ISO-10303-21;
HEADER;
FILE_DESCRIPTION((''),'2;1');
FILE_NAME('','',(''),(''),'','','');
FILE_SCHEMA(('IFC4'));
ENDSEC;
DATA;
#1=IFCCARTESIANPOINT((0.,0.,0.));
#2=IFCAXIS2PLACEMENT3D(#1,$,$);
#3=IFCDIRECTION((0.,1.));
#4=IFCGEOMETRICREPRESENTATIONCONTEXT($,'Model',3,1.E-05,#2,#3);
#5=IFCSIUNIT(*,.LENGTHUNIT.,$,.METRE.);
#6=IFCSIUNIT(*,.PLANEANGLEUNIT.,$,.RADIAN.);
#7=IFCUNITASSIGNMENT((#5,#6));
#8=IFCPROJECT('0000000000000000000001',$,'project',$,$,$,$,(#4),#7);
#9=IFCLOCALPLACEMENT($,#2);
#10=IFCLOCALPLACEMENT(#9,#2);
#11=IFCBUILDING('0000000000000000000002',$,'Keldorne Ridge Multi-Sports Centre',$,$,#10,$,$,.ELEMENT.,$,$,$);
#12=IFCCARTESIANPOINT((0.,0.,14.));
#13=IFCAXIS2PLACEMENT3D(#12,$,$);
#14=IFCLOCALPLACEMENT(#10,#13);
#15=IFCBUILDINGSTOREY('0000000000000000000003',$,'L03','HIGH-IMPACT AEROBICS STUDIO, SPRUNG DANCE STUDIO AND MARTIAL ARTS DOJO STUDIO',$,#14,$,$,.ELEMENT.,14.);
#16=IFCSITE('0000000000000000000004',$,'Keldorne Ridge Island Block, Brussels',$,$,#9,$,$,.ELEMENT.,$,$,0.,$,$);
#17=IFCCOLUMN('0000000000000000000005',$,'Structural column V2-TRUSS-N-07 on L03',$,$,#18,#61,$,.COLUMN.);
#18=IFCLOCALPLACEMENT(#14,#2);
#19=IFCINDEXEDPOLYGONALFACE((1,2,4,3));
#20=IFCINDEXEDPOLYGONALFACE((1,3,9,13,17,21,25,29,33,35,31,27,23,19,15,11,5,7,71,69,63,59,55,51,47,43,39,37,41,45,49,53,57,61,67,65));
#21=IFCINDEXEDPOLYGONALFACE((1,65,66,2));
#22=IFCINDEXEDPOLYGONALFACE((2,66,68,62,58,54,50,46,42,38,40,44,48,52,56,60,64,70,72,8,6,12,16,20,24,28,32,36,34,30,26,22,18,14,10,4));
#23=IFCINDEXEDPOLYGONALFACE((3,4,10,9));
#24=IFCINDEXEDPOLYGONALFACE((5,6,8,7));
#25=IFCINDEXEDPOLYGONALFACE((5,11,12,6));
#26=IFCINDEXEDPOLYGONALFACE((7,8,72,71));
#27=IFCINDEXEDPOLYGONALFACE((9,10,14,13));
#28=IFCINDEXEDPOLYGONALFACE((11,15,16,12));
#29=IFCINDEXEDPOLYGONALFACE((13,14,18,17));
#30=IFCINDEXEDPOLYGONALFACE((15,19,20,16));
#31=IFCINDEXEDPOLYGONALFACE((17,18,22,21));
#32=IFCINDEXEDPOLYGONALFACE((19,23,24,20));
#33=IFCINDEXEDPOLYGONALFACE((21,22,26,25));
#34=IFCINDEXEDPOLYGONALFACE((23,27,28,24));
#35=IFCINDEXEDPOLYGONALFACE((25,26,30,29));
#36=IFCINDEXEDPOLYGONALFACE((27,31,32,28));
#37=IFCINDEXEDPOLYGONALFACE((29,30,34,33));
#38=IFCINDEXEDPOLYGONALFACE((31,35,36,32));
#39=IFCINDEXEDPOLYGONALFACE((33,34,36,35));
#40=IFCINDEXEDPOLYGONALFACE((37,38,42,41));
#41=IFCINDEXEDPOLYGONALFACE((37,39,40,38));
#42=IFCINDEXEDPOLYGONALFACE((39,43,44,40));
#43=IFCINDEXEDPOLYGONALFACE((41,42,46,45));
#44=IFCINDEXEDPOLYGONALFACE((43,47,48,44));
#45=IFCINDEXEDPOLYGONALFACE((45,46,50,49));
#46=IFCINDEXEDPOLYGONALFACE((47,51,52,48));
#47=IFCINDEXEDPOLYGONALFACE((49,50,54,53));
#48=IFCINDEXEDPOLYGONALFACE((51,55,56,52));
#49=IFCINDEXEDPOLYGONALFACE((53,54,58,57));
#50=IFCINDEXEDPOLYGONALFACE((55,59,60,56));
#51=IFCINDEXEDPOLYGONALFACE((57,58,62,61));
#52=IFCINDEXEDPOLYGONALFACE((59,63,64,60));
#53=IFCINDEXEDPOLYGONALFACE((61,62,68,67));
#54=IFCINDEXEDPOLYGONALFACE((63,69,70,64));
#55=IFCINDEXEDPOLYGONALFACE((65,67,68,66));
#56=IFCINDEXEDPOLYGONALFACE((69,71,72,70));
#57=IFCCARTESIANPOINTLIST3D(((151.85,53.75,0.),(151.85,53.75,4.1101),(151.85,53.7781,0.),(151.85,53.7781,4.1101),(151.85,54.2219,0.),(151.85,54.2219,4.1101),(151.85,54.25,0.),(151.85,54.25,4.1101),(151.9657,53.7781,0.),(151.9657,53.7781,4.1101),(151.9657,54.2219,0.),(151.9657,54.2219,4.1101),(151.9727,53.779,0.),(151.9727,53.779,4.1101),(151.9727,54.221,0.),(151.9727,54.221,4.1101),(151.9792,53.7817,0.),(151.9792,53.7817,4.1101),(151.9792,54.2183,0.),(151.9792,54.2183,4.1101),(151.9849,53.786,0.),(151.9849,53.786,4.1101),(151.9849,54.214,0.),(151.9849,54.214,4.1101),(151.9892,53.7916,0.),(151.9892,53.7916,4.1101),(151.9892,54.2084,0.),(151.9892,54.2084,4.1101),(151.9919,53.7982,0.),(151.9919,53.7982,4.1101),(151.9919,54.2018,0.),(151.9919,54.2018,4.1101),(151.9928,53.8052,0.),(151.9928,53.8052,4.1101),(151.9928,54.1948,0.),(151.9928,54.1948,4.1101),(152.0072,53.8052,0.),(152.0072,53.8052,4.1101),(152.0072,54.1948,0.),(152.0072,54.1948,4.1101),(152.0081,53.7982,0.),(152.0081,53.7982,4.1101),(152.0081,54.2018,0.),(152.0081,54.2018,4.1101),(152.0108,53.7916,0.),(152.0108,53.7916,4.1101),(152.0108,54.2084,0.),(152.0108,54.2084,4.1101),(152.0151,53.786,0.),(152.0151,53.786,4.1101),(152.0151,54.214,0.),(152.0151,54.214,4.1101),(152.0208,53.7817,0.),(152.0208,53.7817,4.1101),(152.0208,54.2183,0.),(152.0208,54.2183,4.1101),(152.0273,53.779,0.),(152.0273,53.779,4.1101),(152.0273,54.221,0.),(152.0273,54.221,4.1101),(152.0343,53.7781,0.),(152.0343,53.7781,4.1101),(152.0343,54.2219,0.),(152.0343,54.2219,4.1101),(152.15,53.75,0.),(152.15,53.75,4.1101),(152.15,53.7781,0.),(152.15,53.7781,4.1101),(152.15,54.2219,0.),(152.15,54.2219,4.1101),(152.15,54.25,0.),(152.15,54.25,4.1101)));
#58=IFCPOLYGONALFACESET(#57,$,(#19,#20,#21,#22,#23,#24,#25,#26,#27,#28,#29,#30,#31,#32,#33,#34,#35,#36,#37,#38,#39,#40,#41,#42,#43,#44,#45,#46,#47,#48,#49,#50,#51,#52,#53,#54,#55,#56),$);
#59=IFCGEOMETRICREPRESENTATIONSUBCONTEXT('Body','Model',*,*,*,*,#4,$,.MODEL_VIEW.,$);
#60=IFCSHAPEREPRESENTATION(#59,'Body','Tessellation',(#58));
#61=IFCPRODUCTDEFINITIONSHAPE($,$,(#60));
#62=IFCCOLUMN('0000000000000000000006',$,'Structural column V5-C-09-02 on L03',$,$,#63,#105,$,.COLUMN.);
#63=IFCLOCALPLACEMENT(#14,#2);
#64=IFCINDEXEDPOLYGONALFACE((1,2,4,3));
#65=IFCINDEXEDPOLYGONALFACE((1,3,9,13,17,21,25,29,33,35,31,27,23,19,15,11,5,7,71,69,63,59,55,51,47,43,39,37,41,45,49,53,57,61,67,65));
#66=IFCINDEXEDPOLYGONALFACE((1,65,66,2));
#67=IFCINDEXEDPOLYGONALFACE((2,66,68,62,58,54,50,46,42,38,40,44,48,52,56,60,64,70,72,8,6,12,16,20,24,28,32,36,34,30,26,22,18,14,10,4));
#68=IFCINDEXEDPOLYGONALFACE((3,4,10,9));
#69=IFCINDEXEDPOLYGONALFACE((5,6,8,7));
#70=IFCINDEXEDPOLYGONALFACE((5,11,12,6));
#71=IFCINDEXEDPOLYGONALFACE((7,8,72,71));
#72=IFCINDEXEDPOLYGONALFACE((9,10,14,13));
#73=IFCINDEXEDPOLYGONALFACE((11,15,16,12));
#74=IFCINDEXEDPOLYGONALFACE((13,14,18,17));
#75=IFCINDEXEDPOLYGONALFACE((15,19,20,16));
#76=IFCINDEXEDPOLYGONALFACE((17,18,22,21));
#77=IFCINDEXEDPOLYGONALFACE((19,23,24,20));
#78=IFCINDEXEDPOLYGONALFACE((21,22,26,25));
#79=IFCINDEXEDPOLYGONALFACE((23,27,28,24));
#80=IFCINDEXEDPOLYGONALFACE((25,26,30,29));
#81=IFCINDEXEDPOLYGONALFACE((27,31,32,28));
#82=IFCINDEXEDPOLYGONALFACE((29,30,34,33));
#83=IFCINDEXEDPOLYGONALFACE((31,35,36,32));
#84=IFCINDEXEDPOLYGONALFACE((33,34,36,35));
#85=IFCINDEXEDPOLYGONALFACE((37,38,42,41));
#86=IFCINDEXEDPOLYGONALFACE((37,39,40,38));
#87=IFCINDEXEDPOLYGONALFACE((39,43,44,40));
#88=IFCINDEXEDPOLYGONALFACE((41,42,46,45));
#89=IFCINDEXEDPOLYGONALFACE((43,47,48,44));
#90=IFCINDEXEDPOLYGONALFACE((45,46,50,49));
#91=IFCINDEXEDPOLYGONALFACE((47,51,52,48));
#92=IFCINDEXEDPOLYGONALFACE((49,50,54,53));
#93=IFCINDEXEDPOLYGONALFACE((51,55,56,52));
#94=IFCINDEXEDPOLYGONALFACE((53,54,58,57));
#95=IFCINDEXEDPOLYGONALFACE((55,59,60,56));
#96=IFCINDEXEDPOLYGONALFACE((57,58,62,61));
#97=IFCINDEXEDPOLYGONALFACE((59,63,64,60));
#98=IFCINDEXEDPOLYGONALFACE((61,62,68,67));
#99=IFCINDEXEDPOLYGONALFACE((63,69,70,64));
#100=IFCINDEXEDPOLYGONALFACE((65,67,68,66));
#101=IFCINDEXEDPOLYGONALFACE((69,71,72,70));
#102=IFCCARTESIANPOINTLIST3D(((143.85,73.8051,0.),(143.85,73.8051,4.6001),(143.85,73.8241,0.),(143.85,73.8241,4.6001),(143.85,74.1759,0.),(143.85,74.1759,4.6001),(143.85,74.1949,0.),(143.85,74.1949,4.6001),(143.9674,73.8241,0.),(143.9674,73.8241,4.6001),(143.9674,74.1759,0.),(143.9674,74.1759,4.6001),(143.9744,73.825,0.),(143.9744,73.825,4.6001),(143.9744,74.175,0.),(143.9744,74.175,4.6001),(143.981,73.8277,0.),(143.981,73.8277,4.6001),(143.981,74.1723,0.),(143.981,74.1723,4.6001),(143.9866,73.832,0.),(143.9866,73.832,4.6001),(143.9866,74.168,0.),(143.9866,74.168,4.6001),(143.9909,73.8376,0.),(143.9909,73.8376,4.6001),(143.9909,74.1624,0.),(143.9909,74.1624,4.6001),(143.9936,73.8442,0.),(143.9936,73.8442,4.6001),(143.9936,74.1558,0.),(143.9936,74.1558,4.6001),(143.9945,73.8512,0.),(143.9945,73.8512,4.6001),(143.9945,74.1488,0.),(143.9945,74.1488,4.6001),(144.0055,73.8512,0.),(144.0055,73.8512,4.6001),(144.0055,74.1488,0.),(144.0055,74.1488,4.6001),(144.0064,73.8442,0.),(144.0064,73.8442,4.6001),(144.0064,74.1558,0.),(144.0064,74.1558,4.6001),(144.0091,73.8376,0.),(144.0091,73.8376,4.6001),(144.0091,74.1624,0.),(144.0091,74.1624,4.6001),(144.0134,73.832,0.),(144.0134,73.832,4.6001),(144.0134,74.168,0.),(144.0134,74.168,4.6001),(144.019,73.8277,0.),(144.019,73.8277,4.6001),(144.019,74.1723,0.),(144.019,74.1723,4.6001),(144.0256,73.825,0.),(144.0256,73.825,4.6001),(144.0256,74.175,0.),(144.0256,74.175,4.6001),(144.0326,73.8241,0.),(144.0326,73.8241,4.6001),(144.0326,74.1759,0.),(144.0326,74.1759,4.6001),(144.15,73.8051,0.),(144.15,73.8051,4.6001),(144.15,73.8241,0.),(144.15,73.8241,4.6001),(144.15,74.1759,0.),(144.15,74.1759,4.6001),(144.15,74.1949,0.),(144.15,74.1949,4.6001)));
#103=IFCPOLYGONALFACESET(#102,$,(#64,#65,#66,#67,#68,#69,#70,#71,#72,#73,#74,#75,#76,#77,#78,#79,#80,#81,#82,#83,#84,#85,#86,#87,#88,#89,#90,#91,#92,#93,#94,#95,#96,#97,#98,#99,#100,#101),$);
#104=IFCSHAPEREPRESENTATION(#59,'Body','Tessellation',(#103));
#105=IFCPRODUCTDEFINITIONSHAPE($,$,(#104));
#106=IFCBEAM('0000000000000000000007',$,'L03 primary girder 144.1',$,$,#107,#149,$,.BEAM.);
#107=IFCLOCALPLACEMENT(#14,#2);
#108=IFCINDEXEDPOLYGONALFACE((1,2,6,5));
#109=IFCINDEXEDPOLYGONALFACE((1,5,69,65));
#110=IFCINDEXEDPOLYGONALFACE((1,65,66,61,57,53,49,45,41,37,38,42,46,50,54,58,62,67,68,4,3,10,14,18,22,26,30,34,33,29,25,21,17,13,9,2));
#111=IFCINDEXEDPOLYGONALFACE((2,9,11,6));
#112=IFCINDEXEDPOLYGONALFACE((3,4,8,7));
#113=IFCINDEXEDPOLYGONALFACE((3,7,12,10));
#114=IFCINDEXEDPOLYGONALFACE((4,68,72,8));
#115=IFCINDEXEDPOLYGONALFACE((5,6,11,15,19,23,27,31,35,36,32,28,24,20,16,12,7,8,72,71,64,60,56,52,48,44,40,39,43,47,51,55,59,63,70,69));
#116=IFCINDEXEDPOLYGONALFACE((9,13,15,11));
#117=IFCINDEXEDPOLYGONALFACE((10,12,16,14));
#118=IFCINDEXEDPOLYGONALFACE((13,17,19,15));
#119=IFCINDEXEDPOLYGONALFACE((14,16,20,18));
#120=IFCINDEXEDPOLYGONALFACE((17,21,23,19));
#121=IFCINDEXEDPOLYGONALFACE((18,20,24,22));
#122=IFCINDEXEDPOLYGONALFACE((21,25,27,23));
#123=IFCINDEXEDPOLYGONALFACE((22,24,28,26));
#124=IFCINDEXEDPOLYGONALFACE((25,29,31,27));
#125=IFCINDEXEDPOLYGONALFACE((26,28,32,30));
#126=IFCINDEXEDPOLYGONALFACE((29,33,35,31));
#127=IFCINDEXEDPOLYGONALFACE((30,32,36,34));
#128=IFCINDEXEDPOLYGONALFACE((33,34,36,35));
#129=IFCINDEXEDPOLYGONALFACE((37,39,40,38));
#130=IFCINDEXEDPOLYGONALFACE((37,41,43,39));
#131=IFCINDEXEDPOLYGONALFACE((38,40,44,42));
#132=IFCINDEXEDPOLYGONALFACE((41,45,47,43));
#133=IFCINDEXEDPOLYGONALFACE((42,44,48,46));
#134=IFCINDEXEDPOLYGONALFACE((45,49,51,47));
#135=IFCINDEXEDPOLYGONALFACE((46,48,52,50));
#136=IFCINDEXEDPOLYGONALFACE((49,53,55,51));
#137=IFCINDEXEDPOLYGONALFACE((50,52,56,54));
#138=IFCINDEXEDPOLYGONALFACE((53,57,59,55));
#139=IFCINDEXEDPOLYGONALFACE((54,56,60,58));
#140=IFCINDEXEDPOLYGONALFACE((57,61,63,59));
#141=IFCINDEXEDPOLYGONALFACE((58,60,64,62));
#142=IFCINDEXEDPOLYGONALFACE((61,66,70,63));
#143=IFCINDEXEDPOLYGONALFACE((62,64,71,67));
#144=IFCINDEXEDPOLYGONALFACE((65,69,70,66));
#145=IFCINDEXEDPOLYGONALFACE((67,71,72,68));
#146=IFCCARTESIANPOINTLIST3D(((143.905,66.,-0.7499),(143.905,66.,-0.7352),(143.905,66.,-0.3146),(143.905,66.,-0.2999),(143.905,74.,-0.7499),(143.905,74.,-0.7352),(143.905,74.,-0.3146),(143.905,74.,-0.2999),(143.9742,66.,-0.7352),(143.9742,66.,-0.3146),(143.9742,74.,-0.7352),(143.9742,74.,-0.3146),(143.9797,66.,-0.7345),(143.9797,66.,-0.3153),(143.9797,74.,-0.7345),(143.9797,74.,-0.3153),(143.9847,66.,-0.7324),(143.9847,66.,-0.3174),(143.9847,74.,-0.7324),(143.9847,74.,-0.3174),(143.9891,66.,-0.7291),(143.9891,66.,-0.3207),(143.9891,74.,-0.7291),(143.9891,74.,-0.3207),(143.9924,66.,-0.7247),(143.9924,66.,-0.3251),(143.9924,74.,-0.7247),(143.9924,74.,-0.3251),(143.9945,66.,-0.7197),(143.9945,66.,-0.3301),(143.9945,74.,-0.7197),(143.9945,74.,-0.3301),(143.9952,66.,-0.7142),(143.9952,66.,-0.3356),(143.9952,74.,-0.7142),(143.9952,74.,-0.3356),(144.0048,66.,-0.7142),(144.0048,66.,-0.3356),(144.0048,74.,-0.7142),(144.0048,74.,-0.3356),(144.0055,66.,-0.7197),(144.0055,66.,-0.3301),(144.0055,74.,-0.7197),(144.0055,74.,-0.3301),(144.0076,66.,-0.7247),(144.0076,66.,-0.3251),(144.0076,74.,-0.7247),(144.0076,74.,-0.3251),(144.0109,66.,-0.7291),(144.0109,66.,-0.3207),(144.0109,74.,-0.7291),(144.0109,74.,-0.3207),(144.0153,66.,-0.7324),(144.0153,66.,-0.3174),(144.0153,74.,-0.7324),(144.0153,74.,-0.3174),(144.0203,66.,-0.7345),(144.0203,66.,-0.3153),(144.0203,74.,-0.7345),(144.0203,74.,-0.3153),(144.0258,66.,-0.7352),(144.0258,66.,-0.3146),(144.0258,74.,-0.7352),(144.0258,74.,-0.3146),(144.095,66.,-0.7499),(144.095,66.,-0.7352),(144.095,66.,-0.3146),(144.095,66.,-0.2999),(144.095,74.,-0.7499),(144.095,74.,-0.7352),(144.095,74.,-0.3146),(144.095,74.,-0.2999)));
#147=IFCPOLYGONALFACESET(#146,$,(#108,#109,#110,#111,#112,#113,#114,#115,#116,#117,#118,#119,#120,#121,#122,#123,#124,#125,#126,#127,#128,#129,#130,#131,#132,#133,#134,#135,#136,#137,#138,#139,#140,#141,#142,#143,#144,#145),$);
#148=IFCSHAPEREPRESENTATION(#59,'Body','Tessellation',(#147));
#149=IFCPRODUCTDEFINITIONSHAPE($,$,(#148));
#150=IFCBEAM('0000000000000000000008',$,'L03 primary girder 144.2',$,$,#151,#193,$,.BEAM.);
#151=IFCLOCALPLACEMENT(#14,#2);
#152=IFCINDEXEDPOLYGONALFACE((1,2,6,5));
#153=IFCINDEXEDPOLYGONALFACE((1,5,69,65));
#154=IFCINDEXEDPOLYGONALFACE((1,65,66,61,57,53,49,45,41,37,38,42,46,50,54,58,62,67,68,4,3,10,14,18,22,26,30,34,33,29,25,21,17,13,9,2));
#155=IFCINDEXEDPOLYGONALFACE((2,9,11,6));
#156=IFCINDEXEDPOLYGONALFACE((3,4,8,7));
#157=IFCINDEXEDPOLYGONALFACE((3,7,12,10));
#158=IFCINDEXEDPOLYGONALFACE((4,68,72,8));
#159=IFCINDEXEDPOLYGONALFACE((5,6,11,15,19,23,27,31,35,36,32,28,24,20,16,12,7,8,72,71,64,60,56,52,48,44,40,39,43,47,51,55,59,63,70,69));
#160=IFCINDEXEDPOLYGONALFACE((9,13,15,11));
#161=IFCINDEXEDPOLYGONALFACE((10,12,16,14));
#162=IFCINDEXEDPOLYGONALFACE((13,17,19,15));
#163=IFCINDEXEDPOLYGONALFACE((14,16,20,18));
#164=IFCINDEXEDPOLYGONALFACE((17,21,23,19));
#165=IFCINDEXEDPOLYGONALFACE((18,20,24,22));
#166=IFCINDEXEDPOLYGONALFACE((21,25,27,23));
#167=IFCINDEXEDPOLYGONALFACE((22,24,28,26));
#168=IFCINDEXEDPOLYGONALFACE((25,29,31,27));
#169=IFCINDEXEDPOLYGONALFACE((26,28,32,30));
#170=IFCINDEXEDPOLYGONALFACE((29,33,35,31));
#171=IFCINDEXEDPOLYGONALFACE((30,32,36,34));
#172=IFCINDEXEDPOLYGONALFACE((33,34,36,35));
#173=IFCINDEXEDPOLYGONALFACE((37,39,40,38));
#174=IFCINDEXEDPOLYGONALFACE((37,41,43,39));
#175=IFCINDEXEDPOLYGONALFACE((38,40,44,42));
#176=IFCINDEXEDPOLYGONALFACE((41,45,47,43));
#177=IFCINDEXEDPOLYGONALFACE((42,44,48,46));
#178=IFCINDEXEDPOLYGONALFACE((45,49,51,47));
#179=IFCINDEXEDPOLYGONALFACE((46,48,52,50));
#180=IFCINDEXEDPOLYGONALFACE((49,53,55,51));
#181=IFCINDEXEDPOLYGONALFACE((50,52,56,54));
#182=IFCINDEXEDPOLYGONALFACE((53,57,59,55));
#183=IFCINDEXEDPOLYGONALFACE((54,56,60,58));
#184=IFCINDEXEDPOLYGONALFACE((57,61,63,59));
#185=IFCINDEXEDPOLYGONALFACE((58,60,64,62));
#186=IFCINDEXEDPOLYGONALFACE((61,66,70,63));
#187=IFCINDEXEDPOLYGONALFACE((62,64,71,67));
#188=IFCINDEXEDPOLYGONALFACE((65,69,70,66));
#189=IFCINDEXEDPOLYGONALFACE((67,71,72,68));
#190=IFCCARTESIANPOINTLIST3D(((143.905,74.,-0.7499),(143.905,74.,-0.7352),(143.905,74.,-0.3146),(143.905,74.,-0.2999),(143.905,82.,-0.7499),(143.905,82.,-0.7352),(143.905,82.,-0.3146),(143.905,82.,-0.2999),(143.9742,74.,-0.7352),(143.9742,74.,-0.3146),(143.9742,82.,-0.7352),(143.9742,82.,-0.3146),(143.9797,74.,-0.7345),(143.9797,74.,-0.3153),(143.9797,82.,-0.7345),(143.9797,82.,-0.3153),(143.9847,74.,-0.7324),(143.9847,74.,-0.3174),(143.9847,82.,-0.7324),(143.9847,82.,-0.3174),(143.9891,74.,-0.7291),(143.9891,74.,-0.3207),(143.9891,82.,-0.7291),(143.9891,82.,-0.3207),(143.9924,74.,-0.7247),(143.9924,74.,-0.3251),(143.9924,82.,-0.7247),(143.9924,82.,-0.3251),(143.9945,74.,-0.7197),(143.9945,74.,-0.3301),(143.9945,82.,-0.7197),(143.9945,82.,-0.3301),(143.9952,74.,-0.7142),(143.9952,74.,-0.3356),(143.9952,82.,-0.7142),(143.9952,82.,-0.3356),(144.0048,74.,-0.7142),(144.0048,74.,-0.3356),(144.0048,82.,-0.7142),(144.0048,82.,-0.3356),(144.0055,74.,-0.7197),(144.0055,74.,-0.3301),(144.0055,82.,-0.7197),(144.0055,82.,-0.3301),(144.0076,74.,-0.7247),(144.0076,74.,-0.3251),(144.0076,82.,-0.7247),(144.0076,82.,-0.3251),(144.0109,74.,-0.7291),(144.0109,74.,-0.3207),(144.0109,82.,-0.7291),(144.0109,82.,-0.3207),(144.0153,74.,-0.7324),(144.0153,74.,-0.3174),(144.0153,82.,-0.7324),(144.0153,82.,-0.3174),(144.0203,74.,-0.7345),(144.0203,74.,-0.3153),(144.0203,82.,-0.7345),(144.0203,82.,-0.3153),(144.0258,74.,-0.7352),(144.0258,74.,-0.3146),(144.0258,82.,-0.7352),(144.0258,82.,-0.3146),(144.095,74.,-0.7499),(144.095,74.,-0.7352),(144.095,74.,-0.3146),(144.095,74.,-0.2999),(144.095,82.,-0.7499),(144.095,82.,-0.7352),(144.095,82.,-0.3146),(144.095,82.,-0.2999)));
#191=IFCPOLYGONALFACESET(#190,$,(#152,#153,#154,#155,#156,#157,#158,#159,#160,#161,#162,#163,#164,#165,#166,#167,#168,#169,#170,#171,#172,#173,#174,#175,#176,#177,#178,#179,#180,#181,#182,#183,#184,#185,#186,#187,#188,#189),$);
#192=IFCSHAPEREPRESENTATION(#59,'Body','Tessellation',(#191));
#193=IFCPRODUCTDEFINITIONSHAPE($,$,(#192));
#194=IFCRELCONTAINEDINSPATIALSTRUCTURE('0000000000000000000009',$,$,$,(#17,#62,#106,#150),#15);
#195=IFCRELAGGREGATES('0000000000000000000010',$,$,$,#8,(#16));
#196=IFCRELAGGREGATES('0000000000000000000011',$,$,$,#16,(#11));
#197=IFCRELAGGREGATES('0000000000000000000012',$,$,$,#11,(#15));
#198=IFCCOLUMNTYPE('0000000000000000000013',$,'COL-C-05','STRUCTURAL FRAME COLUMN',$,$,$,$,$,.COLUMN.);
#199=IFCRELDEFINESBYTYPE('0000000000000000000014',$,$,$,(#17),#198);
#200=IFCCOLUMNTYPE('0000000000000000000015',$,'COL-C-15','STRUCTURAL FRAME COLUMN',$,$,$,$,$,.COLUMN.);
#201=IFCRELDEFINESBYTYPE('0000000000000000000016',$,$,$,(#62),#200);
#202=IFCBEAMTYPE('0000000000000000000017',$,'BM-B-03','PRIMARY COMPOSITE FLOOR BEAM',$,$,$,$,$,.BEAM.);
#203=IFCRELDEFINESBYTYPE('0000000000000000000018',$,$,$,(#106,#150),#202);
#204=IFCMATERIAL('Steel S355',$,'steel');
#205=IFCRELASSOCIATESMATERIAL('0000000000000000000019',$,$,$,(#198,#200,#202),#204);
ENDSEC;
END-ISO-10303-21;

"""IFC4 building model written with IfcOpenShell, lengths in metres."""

from ifc_helpers import new_model, si_unit, direction, frame, origin, origin_2d, place, context, subcontext, project, spatial, i_section, extrude, material, material_profile, profile_set, type_object, element, save


model = new_model("IFC4")

# Units and contexts
model_context = context("Model", 3, precision=1e-05, world=origin(), true_north=direction((0.0, 1.0)))
body_context = subcontext(model_context, "Body", "Model", "MODEL_VIEW")
ifc_project = project(units=[si_unit("LENGTHUNIT", "METRE"), si_unit("PLANEANGLEUNIT", "RADIAN")], contexts=[model_context])

# Site, building, storey
site_placement = place(None, origin())
site = spatial("IfcSite", under=ifc_project, at=site_placement, Name="Keldorne Ridge Island Block, Brussels", CompositionType="ELEMENT", RefElevation=0.0)
building_placement = place(site_placement, origin())
building = spatial("IfcBuilding", under=site, at=building_placement, Name="Keldorne Ridge Multi-Sports Centre", CompositionType="ELEMENT")
storey_placement = place(building_placement, frame((0.0, 0.0, 14.0)))
storey = spatial("IfcBuildingStorey", under=building, at=storey_placement, Name="L03", Description="HIGH-IMPACT AEROBICS STUDIO, SPRUNG DANCE STUDIO AND MARTIAL ARTS DOJO STUDIO", CompositionType="ELEMENT", Elevation=14.0)

# Columns
ifc_material_1 = material(Name="Steel S355", Category="steel")
ifc_material_profile_1 = material_profile(ifc_material_1, i_section(OverallWidth=0.3, OverallDepth=0.5, WebThickness=0.0144, FlangeThickness=0.0281, FilletRadius=0.0271, at=origin_2d()), Name="HEB 500")
ifc_profile_set_1 = profile_set([ifc_material_profile_1], Name="Steel S355")
column_type_1 = type_object("IfcColumnType", Name="COL-C-05", Description="STRUCTURAL FRAME COLUMN", PredefinedType="COLUMN", material=ifc_profile_set_1)
column_1_placement = place(storey_placement, frame((152.0, 54.0, 0.0), z_axis=(0.0, 0.0, 1.0), x_axis=(1.0, 0.0, 0.0)))
element("IfcColumn", 1, at=column_1_placement, inside=storey, type_object=column_type_1, Name="Structural column V2-TRUSS-N-07 on L03", PredefinedType="COLUMN", context=body_context, shape_type="SweptSolid", body=[
    extrude(i_section(OverallWidth=0.3, OverallDepth=0.5, WebThickness=0.0144, FlangeThickness=0.0281, FilletRadius=0.0271, at=origin_2d()), origin(), (0.0, 0.0, 1.0), 4.1101),
])
ifc_material_profile_2 = material_profile(ifc_material_1, i_section(OverallWidth=0.3, OverallDepth=0.3899, WebThickness=0.011, FlangeThickness=0.019, FilletRadius=0.0271, at=origin_2d()), Name="HEA 400")
ifc_profile_set_2 = profile_set([ifc_material_profile_2], Name="Steel S355")
column_type_2 = type_object("IfcColumnType", Name="COL-C-15", Description="STRUCTURAL FRAME COLUMN", PredefinedType="COLUMN", material=ifc_profile_set_2)
column_2_placement = place(storey_placement, frame((144.0, 74.0, 0.0), z_axis=(0.0, 0.0, 1.0), x_axis=(1.0, 0.0, 0.0)))
element("IfcColumn", 2, at=column_2_placement, inside=storey, type_object=column_type_2, Name="Structural column V5-C-09-02 on L03", PredefinedType="COLUMN", context=body_context, shape_type="SweptSolid", body=[
    extrude(i_section(OverallWidth=0.3, OverallDepth=0.3899, WebThickness=0.011, FlangeThickness=0.019, FilletRadius=0.0271, at=origin_2d()), origin(), (0.0, 0.0, 1.0), 4.6001),
])

# Beams
ifc_material_profile_3 = material_profile(ifc_material_1, i_section(OverallWidth=0.1899, OverallDepth=0.45, WebThickness=0.0095, FlangeThickness=0.0146, FilletRadius=0.021, at=origin_2d()), Name="IPE 450")
ifc_profile_set_3 = profile_set([ifc_material_profile_3], Name="Steel S355")
beam_type_1 = type_object("IfcBeamType", Name="BM-B-03", Description="PRIMARY COMPOSITE FLOOR BEAM", PredefinedType="BEAM", material=ifc_profile_set_3)
for number, where, z_axis, x_axis, name in (
    (3, (144.0, 66.0, -0.5249), (0.0, 1.0, 0.0), (-1.0, 0.0, 0.0), "L03 primary girder 144.1"),
    (4, (144.0, 74.0, -0.5249), (0.0, 1.0, 0.0), (-1.0, 0.0, 0.0), "L03 primary girder 144.2"),
):
    element("IfcBeam", number, at=place(storey_placement, frame(where, z_axis=z_axis, x_axis=x_axis)), inside=storey, type_object=beam_type_1, Name=name, PredefinedType="BEAM", context=body_context, shape_type="SweptSolid", body=[
        extrude(i_section(OverallWidth=0.1899, OverallDepth=0.45, WebThickness=0.0095, FlangeThickness=0.0146, FilletRadius=0.021, at=origin_2d()), origin(), (0.0, 0.0, 1.0), 8.0),
    ])

save(model, "model.ifc")
